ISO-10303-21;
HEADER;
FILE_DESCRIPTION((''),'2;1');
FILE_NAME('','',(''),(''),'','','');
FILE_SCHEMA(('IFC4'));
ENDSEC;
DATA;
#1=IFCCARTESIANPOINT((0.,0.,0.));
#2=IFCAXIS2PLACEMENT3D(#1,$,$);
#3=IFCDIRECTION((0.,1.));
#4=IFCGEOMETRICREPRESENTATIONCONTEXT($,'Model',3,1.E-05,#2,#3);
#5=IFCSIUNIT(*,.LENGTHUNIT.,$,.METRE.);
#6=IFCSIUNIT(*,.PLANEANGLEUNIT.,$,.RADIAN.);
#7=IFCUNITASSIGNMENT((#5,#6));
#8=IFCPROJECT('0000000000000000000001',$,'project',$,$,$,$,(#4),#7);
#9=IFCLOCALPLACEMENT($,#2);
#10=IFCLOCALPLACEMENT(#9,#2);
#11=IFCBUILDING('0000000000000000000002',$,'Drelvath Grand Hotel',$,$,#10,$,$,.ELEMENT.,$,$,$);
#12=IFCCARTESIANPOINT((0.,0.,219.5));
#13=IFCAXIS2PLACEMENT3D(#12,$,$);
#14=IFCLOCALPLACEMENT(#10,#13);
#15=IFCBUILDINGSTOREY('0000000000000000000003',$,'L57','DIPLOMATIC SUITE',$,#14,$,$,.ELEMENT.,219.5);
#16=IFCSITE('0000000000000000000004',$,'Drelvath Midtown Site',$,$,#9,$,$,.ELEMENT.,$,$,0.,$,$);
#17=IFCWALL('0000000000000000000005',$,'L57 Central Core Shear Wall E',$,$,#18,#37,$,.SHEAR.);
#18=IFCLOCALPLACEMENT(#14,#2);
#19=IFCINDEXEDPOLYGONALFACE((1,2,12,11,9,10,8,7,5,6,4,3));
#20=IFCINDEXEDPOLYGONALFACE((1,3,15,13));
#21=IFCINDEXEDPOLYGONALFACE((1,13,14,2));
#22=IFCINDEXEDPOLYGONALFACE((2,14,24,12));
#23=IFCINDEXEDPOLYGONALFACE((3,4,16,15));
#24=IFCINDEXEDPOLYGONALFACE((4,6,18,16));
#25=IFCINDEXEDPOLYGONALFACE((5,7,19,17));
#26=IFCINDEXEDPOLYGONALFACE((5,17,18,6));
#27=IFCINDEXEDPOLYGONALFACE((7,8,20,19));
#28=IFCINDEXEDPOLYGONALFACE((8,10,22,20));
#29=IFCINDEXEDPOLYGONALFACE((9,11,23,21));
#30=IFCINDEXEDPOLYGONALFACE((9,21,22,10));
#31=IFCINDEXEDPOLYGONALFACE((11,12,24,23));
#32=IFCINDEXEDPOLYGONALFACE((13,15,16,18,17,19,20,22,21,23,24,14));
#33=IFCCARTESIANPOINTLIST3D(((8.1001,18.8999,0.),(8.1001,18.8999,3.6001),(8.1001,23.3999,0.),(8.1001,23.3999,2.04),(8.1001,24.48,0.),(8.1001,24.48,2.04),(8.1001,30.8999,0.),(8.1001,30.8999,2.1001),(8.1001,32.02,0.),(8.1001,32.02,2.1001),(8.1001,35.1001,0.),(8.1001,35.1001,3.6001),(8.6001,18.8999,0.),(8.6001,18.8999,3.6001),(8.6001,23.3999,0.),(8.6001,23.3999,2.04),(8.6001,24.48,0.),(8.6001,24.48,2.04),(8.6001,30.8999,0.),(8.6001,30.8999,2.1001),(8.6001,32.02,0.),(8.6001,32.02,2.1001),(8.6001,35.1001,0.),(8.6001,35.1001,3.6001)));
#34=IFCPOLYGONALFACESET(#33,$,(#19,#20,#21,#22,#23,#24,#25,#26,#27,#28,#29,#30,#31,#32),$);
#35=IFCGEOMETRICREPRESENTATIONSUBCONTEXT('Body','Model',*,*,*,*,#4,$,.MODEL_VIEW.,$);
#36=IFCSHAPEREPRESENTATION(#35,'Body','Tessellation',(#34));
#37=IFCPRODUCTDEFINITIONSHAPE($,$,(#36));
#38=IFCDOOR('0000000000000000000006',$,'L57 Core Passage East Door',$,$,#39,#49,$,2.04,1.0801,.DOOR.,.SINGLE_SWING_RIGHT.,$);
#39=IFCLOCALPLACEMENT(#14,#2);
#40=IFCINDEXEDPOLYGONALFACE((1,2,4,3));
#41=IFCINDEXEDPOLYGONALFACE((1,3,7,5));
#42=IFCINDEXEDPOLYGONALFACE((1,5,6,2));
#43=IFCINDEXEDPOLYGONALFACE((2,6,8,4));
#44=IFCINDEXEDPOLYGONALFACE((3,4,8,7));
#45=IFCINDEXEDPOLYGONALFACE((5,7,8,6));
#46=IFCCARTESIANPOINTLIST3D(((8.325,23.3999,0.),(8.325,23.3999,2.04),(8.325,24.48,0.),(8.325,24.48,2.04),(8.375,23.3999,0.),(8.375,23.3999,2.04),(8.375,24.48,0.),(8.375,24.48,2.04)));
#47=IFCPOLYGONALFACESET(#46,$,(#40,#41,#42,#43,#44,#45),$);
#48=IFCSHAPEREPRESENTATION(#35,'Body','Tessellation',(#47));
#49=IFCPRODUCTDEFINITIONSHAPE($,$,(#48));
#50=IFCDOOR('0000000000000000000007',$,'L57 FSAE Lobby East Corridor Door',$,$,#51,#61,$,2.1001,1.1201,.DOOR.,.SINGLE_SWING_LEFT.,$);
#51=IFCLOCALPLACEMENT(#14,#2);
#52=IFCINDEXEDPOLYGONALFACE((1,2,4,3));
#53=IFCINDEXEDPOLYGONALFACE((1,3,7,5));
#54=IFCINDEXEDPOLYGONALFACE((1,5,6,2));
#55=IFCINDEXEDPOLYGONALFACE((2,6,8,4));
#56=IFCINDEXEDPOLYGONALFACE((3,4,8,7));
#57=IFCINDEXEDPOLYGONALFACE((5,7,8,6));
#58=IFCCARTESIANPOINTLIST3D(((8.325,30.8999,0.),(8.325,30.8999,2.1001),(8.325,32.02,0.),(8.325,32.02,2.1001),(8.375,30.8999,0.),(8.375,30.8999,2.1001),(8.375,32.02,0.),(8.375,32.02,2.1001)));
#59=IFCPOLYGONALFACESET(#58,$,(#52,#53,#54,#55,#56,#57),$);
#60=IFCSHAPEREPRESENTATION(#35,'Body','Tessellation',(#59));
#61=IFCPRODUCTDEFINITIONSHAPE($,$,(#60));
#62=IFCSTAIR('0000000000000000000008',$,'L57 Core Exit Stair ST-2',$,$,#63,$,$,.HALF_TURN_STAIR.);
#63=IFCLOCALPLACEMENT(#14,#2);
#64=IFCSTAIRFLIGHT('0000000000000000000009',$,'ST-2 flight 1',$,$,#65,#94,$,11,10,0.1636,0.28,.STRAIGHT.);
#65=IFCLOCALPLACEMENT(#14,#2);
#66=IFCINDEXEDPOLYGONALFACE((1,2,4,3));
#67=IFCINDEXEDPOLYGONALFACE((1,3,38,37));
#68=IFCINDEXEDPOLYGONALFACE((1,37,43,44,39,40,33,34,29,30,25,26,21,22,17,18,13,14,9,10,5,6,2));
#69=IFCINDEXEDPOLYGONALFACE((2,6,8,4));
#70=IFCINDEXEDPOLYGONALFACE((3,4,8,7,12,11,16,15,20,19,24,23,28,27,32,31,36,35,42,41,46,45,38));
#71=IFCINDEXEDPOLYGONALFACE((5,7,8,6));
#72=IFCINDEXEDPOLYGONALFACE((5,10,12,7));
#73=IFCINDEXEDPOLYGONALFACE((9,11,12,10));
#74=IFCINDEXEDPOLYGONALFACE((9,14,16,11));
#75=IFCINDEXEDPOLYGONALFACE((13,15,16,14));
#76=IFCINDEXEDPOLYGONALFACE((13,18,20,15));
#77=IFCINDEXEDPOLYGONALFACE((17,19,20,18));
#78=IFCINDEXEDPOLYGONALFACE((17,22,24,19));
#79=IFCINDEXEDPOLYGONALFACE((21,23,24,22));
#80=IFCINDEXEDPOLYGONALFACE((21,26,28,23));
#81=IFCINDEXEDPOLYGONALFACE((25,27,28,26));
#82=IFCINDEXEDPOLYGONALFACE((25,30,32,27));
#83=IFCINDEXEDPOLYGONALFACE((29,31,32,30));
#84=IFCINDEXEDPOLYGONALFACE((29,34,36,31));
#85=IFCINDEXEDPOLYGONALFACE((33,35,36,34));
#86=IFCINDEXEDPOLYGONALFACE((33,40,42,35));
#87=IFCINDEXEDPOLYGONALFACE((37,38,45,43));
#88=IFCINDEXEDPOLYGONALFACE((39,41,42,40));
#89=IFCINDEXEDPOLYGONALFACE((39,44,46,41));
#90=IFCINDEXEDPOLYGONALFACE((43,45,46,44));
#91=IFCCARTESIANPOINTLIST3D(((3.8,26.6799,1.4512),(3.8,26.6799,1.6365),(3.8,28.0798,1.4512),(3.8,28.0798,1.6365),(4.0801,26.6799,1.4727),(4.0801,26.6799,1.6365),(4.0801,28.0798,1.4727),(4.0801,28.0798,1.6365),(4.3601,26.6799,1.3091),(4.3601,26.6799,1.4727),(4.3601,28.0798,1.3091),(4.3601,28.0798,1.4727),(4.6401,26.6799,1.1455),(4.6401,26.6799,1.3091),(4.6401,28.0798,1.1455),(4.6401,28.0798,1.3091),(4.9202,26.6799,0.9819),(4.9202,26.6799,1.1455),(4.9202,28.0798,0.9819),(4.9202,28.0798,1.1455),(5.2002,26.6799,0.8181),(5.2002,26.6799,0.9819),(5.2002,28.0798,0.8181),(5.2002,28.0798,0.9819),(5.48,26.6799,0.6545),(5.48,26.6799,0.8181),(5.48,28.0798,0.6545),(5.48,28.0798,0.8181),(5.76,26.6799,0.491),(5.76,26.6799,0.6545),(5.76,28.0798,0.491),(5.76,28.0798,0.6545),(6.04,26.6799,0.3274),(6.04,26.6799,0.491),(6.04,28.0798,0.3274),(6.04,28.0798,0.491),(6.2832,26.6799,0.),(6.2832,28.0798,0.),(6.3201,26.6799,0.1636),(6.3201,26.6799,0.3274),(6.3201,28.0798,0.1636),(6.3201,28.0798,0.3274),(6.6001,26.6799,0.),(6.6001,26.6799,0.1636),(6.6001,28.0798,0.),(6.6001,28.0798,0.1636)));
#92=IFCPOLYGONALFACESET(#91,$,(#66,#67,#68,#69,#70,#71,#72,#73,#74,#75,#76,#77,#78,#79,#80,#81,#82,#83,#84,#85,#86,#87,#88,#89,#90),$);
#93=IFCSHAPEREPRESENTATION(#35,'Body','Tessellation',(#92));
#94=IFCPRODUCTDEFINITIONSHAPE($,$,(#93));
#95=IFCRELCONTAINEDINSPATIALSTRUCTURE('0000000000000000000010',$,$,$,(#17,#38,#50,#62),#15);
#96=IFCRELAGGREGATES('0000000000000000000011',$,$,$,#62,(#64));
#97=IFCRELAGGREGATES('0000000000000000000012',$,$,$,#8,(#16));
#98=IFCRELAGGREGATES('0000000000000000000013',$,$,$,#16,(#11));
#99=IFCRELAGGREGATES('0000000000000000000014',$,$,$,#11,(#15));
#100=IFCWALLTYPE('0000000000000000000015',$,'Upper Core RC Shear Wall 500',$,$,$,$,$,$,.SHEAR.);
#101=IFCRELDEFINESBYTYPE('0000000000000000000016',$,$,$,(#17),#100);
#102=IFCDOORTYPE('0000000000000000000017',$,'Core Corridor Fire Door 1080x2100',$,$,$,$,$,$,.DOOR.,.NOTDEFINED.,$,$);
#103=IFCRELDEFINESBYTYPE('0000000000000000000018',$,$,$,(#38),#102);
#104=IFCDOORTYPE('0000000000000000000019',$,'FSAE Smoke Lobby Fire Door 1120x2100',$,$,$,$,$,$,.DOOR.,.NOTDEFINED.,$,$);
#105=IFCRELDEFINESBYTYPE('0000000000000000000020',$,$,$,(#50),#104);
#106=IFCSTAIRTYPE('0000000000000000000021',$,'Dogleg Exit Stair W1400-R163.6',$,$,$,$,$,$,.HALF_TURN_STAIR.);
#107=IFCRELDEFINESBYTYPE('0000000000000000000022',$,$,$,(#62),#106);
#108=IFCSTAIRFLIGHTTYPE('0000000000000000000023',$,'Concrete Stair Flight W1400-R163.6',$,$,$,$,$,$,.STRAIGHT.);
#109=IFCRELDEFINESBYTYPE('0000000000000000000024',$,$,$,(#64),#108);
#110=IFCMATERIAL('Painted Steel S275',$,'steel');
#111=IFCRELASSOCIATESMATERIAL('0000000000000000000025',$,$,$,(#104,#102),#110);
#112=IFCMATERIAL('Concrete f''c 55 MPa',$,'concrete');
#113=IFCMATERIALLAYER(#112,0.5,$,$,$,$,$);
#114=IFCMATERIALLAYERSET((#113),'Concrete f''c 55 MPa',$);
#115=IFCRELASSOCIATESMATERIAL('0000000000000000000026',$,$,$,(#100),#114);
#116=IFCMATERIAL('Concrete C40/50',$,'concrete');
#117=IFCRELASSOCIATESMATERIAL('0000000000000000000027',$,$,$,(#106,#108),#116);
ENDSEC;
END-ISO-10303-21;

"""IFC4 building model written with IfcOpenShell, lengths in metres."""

from ifc_helpers import new_model, si_unit, direction, frame, frame_2d, origin, place, context, subcontext, project, spatial, polyline, rectangle, outline, extrude, material, layer, layer_set, type_object, element, fill, aggregate, save


model = new_model("IFC4")

# Units and contexts
model_context = context("Model", 3, precision=1e-05, world=origin(), true_north=direction((0.0, 1.0)))
body_context = subcontext(model_context, "Body", "Model", "MODEL_VIEW")
ifc_project = project(units=[si_unit("LENGTHUNIT", "METRE"), si_unit("PLANEANGLEUNIT", "RADIAN")], contexts=[model_context])

# Site, building, storey
site_placement = place(None, origin())
site = spatial("IfcSite", under=ifc_project, at=site_placement, Name="Drelvath Midtown Site", CompositionType="ELEMENT", RefElevation=0.0)
building_placement = place(site_placement, origin())
building = spatial("IfcBuilding", under=site, at=building_placement, Name="Drelvath Grand Hotel", CompositionType="ELEMENT")
storey_placement = place(building_placement, frame((0.0, 0.0, 219.5)))
storey = spatial("IfcBuildingStorey", under=building, at=storey_placement, Name="L57", Description="DIPLOMATIC SUITE", CompositionType="ELEMENT", Elevation=219.5)

# Shared definitions
ifc_material_1 = material(Name="Concrete f'c 55 MPa", Category="concrete")

# Shared definitions
ifc_material_2 = material(Name="Concrete C40/50", Category="concrete")

# Shared definitions
ifc_material_3 = material(Name="Painted Steel S275", Category="steel")

# Shared definitions
door_type_1 = type_object("IfcDoorType", Name="FSAE Smoke Lobby Fire Door 1120x2100", OperationType="NOTDEFINED", PredefinedType="DOOR", material=ifc_material_3)

# Wall, openings, doors
ifc_layer_1 = layer(ifc_material_1, 0.5)
ifc_layer_set_1 = layer_set([ifc_layer_1], Name="Concrete f'c 55 MPa")
wall_type_1 = type_object("IfcWallType", Name="Upper Core RC Shear Wall 500", PredefinedType="SHEAR", material=ifc_layer_set_1)
wall_1_placement = place(storey_placement, frame((8.3501, 35.1001, 0.0), z_axis=(0.0, 0.0, 1.0), x_axis=(0.0, -1.0, 0.0)))
wall_1 = element("IfcWall", 1, at=wall_1_placement, inside=storey, type_object=wall_type_1, Name="L57 Central Core Shear Wall E", PredefinedType="SHEAR", context=body_context, shape_type="SweptSolid", body=[
    extrude(rectangle(XDim=16.2002, YDim=0.5, at=frame_2d((8.1001, 0.0))), origin(), (0.0, 0.0, 1.0), 3.6001),
])
opening_1_placement = place(wall_1_placement, frame((3.0801, 0.0, 0.0)))
opening_1 = element("IfcOpeningElement", 2, at=opening_1_placement, cuts=wall_1, PredefinedType="OPENING", context=body_context, shape_type="SweptSolid", body=[
    extrude(rectangle(XDim=1.1201, YDim=2.1001, at=frame_2d((0.5601, 1.05))), frame((0.0, 0.26, 0.0), z_axis=(0.0, -1.0, 0.0), x_axis=(1.0, 0.0, 0.0)), (0.0, 0.0, 1.0), 0.52),
])
opening_2_placement = place(wall_1_placement, frame((10.6201, 0.0, 0.0)))
opening_2 = element("IfcOpeningElement", 3, at=opening_2_placement, cuts=wall_1, PredefinedType="OPENING", context=body_context, shape_type="SweptSolid", body=[
    extrude(rectangle(XDim=1.0801, YDim=2.04, at=frame_2d((0.54, 1.02))), frame((0.0, 0.26, 0.0), z_axis=(0.0, -1.0, 0.0), x_axis=(1.0, 0.0, 0.0)), (0.0, 0.0, 1.0), 0.52),
])
door_type_2 = type_object("IfcDoorType", Name="Core Corridor Fire Door 1080x2100", OperationType="NOTDEFINED", PredefinedType="DOOR", material=ifc_material_3)
door_1_placement = place(opening_2_placement, origin())
door_1 = element("IfcDoor", 4, at=door_1_placement, inside=storey, type_object=door_type_2, Name="L57 Core Passage East Door", OperationType="SINGLE_SWING_RIGHT", OverallHeight=2.04, OverallWidth=1.0801, PredefinedType="DOOR", context=body_context, shape_type="SweptSolid", body=[
    extrude(rectangle(XDim=1.0801, YDim=2.04, at=frame_2d((0.54, 1.02))), frame((0.0, 0.0249, 0.0), z_axis=(0.0, -1.0, 0.0), x_axis=(1.0, 0.0, 0.0)), (0.0, 0.0, 1.0), 0.05),
])
fill(opening_2, door_1)
door_2_placement = place(opening_1_placement, origin())
door_2 = element("IfcDoor", 5, at=door_2_placement, inside=storey, type_object=door_type_1, Name="L57 FSAE Lobby East Corridor Door", OperationType="SINGLE_SWING_LEFT", OverallHeight=2.1001, OverallWidth=1.1201, PredefinedType="DOOR", context=body_context, shape_type="SweptSolid", body=[
    extrude(rectangle(XDim=1.1201, YDim=2.1001, at=frame_2d((0.5601, 1.05))), frame((0.0, 0.0249, 0.0), z_axis=(0.0, -1.0, 0.0), x_axis=(1.0, 0.0, 0.0)), (0.0, 0.0, 1.0), 0.05),
])
fill(opening_1, door_2)

# Stair, stair flight
stair_type = type_object("IfcStairType", Name="Dogleg Exit Stair W1400-R163.6", PredefinedType="HALF_TURN_STAIR", material=ifc_material_2)
stair_placement = place(storey_placement, origin())
stair = element("IfcStair", 6, at=stair_placement, inside=storey, type_object=stair_type, Name="L57 Core Exit Stair ST-2", PredefinedType="HALF_TURN_STAIR")
stair_flight_type = type_object("IfcStairFlightType", Name="Concrete Stair Flight W1400-R163.6", PredefinedType="STRAIGHT", material=ifc_material_2)
stair_flight_placement = place(storey_placement, frame((6.6001, 27.3799, 0.0), z_axis=(0.0, 0.0, 1.0), x_axis=(-1.0, 0.0, 0.0)))
stair_flight = element("IfcStairFlight", 7, at=stair_flight_placement, type_object=stair_flight_type, Name="ST-2 flight 1", NumberOfRisers=11, NumberOfTreads=10, PredefinedType="STRAIGHT", RiserHeight=0.1636, TreadLength=0.28, context=body_context, shape_type="SweptSolid", body=[
    extrude(outline(polyline([(0.0, 0.0), (0.0, 0.1636), (0.28, 0.1636), (0.28, 0.3274), (0.5601, 0.3274), (0.5601, 0.491), (0.8401, 0.491), (0.8401, 0.6545), (1.1201, 0.6545), (1.1201, 0.8181), (1.3999, 0.8181), (1.3999, 0.9819), (1.6799, 0.9819), (1.6799, 1.1455), (1.96, 1.1455), (1.96, 1.3091), (2.24, 1.3091), (2.24, 1.4727), (2.52, 1.4727), (2.52, 1.6365), (2.8, 1.6365), (2.8, 1.8), (2.8, 1.4512), (0.3169, 0.0), (0.0, 0.0)])), frame((0.0, 0.7, 0.0), z_axis=(0.0, -1.0, 0.0), x_axis=(1.0, 0.0, 0.0)), (0.0, 0.0, 1.0), 1.3999),
])
aggregate(stair, [stair_flight])

save(model, "model.ifc")
